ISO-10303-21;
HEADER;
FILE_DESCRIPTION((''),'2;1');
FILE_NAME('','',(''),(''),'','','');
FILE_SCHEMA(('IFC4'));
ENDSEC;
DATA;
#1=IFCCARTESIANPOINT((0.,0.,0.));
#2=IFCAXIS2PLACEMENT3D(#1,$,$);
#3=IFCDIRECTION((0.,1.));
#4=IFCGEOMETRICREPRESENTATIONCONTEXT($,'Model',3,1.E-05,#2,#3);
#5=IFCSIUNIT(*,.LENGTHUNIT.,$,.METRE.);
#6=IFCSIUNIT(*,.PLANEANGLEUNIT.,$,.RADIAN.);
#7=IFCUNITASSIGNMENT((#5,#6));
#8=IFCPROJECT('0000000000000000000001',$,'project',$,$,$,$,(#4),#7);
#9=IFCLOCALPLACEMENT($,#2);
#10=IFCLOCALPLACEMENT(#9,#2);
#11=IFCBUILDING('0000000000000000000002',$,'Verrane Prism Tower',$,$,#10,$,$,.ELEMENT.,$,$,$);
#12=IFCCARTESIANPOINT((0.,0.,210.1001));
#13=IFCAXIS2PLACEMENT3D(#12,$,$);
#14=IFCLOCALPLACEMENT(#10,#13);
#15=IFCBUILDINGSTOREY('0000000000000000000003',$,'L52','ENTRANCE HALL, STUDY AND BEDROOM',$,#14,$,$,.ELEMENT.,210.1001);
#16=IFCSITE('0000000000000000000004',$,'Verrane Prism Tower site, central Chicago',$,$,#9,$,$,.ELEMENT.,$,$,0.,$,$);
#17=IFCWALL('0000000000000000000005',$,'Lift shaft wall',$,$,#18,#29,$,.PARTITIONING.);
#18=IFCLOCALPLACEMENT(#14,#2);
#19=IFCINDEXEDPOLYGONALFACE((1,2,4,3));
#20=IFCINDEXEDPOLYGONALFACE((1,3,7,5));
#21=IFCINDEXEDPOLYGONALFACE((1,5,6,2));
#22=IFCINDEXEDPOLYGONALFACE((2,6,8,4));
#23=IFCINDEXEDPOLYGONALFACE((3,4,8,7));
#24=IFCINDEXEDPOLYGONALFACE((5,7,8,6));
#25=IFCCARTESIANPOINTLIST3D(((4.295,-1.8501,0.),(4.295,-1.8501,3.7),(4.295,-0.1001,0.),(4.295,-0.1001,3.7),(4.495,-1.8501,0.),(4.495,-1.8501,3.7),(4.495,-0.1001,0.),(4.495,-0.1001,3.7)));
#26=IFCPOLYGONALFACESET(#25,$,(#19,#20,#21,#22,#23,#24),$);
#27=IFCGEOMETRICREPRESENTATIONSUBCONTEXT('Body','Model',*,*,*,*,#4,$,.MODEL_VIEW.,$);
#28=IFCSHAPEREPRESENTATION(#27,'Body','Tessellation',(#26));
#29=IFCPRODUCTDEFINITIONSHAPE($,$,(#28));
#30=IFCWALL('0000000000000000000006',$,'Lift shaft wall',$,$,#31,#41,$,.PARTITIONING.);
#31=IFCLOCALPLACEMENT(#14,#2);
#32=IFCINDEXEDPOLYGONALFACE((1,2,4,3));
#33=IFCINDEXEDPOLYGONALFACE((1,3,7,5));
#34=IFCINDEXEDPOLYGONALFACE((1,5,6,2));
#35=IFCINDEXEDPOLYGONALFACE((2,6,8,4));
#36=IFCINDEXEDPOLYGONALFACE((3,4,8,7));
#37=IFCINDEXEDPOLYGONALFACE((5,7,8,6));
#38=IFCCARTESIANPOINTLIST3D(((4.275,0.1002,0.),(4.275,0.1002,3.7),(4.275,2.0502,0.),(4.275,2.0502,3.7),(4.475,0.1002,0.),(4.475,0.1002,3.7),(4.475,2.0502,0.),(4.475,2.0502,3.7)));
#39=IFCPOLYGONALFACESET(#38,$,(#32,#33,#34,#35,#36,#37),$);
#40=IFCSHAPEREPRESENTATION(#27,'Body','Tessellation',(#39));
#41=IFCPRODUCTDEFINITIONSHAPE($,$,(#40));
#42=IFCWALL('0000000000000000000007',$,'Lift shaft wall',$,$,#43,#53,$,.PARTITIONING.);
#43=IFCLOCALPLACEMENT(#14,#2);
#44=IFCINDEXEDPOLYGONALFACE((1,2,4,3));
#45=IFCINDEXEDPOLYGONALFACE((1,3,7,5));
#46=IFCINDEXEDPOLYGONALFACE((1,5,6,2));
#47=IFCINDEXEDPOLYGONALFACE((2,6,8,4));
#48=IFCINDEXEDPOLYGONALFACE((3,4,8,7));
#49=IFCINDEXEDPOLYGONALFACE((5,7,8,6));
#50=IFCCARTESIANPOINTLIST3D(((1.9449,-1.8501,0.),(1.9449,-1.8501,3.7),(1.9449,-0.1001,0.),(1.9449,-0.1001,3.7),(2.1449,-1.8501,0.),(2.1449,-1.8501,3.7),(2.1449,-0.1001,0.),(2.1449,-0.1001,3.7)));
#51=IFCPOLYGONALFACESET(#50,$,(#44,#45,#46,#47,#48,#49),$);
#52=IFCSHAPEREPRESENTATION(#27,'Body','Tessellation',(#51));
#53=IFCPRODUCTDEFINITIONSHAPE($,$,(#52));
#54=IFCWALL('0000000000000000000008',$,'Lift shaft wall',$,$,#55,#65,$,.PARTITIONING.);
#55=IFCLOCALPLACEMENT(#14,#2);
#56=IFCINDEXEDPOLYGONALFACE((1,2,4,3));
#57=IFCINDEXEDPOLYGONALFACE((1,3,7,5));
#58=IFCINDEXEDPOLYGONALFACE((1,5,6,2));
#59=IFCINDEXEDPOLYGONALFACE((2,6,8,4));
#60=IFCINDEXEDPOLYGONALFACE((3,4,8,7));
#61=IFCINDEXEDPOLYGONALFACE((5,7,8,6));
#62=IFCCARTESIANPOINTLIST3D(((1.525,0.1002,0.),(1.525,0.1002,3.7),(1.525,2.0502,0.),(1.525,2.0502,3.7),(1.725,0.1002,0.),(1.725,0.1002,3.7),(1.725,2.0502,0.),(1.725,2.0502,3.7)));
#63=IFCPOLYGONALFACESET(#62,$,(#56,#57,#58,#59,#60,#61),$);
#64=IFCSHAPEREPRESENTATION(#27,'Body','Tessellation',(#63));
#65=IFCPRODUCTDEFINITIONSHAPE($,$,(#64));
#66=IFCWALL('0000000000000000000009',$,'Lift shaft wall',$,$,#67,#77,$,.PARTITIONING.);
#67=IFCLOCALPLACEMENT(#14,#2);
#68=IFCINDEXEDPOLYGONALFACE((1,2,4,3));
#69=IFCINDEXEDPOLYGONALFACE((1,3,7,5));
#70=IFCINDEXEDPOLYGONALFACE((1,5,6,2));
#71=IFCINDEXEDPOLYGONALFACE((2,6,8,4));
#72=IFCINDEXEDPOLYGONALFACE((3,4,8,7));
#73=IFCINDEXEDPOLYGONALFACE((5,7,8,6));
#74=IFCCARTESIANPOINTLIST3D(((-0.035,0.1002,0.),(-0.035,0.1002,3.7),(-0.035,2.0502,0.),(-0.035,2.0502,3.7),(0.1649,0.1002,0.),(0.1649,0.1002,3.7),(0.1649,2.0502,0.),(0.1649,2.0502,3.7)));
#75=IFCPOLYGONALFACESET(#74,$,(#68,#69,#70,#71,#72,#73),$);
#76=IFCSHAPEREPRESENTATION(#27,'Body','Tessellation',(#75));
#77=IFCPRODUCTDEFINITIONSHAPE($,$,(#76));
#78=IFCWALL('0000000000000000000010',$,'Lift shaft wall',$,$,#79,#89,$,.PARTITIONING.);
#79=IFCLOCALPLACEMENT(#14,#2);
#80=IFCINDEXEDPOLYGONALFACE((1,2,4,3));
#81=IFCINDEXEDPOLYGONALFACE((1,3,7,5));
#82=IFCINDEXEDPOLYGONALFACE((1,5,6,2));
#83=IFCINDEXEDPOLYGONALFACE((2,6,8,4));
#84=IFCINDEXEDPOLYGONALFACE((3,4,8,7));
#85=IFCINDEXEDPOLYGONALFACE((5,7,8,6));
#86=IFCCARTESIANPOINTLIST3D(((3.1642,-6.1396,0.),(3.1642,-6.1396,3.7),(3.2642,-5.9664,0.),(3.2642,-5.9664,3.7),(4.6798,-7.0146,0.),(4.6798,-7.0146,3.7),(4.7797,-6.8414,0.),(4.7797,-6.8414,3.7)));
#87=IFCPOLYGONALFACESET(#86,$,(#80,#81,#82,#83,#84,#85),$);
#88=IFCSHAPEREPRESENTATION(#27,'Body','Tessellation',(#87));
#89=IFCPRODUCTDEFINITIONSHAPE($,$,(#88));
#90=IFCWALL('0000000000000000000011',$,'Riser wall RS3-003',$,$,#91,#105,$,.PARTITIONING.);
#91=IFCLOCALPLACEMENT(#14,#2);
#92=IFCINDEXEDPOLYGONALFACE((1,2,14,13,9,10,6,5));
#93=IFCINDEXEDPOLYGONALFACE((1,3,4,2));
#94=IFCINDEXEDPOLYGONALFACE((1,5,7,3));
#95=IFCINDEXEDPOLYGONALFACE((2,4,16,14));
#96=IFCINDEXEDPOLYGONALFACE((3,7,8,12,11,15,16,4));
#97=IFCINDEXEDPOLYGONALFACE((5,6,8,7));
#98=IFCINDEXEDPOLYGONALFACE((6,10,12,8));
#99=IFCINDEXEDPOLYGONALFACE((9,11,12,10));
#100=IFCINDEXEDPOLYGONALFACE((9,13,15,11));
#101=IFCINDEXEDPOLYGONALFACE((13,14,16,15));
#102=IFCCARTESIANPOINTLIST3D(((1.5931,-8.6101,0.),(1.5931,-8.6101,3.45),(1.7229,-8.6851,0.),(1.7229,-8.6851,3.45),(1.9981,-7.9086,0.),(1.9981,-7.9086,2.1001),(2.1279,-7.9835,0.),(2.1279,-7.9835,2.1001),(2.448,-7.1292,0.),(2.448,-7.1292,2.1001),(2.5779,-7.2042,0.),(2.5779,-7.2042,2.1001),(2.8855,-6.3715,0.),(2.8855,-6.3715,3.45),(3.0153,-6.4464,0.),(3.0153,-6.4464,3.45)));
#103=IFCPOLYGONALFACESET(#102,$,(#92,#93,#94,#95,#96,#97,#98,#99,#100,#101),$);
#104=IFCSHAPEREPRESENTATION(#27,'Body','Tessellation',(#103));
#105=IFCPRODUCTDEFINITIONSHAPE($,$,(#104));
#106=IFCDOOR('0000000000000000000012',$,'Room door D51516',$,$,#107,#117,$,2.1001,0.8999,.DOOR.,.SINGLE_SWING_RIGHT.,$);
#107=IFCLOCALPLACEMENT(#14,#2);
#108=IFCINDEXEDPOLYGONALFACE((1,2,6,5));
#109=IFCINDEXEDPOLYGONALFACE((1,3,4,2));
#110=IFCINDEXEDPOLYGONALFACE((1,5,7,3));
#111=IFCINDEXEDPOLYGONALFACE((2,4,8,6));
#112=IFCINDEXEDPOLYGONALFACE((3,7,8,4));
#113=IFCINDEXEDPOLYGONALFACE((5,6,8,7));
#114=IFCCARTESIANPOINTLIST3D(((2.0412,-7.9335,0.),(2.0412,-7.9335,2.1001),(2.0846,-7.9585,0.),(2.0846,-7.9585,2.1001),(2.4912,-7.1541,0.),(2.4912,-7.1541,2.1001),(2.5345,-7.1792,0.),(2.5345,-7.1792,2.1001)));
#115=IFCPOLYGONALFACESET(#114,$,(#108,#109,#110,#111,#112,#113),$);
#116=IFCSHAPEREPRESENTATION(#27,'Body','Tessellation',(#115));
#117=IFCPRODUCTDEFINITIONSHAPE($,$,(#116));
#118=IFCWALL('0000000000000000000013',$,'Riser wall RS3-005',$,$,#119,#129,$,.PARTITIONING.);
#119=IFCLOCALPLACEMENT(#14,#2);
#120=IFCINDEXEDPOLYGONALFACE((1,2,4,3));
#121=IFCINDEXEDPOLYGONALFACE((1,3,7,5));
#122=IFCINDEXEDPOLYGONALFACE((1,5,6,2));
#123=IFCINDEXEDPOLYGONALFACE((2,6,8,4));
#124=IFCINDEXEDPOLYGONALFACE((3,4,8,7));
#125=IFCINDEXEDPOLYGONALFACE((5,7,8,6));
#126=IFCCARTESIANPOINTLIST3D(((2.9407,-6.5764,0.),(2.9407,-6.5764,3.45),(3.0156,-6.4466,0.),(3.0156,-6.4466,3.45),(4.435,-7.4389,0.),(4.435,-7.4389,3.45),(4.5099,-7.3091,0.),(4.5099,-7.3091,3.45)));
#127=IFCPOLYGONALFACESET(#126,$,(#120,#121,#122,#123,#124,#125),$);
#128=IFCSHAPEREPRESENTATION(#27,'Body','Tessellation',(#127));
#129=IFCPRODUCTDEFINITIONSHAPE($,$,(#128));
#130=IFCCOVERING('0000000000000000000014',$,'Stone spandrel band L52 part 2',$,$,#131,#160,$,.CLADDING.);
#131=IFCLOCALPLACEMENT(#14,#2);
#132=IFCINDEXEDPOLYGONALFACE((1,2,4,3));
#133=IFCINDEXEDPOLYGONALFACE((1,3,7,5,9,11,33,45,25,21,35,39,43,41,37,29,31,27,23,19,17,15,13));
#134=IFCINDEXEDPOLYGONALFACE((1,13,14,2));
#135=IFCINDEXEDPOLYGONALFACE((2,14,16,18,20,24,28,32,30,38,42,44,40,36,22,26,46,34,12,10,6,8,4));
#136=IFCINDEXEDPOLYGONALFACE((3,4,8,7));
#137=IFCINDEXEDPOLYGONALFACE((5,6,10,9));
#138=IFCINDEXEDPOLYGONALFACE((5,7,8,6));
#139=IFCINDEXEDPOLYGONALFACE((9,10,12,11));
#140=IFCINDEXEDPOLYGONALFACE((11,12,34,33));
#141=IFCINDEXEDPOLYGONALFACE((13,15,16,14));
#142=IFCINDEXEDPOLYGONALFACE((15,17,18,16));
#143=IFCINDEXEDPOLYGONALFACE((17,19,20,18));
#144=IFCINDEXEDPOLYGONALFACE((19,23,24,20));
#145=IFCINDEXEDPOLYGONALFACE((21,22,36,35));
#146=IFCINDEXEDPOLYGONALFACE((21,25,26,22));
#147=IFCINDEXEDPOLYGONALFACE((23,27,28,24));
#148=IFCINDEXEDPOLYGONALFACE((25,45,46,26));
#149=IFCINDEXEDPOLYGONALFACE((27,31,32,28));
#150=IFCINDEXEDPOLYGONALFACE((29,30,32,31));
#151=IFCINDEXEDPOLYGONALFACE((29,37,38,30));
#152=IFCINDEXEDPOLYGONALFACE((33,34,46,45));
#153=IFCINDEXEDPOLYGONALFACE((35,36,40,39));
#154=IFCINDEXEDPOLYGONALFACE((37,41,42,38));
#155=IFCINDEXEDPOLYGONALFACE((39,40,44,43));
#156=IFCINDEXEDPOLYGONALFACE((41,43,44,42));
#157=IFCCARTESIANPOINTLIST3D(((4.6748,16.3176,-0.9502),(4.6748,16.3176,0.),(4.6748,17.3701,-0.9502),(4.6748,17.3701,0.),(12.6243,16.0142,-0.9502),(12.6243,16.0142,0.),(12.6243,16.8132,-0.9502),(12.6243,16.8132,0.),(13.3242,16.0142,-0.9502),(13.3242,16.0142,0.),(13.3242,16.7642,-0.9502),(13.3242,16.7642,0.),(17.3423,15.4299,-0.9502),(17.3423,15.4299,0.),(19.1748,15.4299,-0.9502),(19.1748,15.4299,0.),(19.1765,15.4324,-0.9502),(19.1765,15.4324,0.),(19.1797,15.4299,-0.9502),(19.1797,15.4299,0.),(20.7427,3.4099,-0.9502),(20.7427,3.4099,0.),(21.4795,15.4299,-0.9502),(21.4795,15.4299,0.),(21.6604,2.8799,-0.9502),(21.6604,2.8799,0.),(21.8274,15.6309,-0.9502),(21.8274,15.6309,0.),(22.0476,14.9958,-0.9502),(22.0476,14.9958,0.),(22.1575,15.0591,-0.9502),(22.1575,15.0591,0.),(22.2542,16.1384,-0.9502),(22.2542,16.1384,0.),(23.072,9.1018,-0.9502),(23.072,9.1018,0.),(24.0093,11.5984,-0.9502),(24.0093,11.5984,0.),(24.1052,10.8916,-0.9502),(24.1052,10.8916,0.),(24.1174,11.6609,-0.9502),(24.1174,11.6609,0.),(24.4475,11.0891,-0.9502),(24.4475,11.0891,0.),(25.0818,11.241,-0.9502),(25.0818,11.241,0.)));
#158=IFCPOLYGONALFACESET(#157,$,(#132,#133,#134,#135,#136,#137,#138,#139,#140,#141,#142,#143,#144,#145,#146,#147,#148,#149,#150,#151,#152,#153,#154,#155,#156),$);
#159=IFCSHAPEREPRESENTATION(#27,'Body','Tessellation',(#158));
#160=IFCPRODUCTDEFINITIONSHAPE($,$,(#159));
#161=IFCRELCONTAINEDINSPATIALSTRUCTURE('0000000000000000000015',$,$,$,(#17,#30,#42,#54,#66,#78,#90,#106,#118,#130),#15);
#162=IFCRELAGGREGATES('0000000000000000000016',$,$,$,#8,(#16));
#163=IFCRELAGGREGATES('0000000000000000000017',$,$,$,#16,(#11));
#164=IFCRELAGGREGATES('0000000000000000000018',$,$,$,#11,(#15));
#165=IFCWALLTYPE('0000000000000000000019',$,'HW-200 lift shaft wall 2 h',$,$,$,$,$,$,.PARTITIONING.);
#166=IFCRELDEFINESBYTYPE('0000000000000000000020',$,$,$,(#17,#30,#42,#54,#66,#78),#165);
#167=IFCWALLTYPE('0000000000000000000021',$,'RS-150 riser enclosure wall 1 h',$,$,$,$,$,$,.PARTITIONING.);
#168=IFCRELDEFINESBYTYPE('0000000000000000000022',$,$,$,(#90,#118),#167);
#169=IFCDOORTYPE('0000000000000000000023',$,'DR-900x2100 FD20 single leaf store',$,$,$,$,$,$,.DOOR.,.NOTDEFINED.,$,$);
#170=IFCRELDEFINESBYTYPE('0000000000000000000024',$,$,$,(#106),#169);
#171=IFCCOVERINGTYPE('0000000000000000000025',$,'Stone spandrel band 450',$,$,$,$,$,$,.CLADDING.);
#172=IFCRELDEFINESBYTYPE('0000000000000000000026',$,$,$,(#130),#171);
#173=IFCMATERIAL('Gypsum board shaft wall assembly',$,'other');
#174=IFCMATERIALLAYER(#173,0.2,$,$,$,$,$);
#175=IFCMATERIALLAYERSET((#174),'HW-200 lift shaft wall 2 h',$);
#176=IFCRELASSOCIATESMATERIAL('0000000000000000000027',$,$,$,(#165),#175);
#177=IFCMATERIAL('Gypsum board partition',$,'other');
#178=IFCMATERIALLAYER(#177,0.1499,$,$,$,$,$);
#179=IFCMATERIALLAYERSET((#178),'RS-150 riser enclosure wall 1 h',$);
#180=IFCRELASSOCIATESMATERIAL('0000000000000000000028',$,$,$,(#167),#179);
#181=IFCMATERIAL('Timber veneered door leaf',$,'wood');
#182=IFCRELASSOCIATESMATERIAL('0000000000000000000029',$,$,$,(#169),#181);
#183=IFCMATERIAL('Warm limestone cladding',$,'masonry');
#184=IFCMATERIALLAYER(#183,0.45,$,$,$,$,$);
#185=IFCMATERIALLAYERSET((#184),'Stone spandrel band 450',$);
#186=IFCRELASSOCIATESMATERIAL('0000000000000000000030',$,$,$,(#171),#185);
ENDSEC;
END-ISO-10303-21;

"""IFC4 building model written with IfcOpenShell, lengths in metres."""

from ifc_helpers import new_model, si_unit, direction, frame, frame_2d, origin, place, context, subcontext, project, spatial, polyline, rectangle, outline, extrude, material, layer, layer_set, type_object, element, fill, save


model = new_model("IFC4")

# Units and contexts
model_context = context("Model", 3, precision=1e-05, world=origin(), true_north=direction((0.0, 1.0)))
body_context = subcontext(model_context, "Body", "Model", "MODEL_VIEW")
ifc_project = project(units=[si_unit("LENGTHUNIT", "METRE"), si_unit("PLANEANGLEUNIT", "RADIAN")], contexts=[model_context])

# Site, building, storey
site_placement = place(None, origin())
site = spatial("IfcSite", under=ifc_project, at=site_placement, Name="Verrane Prism Tower site, central Chicago", CompositionType="ELEMENT", RefElevation=0.0)
building_placement = place(site_placement, origin())
building = spatial("IfcBuilding", under=site, at=building_placement, Name="Verrane Prism Tower", CompositionType="ELEMENT")
storey_placement = place(building_placement, frame((0.0, 0.0, 210.1001)))
storey = spatial("IfcBuildingStorey", under=building, at=storey_placement, Name="L52", Description="ENTRANCE HALL, STUDY AND BEDROOM", CompositionType="ELEMENT", Elevation=210.1001)

# Shared definitions
ifc_material_1 = material(Name="Gypsum board shaft wall assembly", Category="other")
ifc_layer_1 = layer(ifc_material_1, 0.2)
ifc_layer_set_1 = layer_set([ifc_layer_1], Name="HW-200 lift shaft wall 2 h")
wall_type_1 = type_object("IfcWallType", Name="HW-200 lift shaft wall 2 h", PredefinedType="PARTITIONING", material=ifc_layer_set_1)

# Walls
wall_1_placement = place(storey_placement, frame((4.395, -1.8501, 0.0), z_axis=(0.0, 0.0, 1.0), x_axis=(0.0, 1.0, 0.0)))
element("IfcWall", 1, at=wall_1_placement, inside=storey, type_object=wall_type_1, Name="Lift shaft wall", PredefinedType="PARTITIONING", context=body_context, shape_type="SweptSolid", body=[
    extrude(rectangle(XDim=1.75, YDim=0.2, at=frame_2d((0.875, 0.0))), origin(), (0.0, 0.0, 1.0), 3.7),
])
wall_2_placement = place(storey_placement, frame((4.375, 0.1001, 0.0), z_axis=(0.0, 0.0, 1.0), x_axis=(0.0, 1.0, 0.0)))
element("IfcWall", 2, at=wall_2_placement, inside=storey, type_object=wall_type_1, Name="Lift shaft wall", PredefinedType="PARTITIONING", context=body_context, shape_type="SweptSolid", body=[
    extrude(rectangle(XDim=1.95, YDim=0.2, at=frame_2d((0.9751, 0.0))), origin(), (0.0, 0.0, 1.0), 3.7),
])
wall_3_placement = place(storey_placement, frame((2.0449, -1.8501, 0.0), z_axis=(0.0, 0.0, 1.0), x_axis=(0.0, 1.0, 0.0)))
element("IfcWall", 3, at=wall_3_placement, inside=storey, type_object=wall_type_1, Name="Lift shaft wall", PredefinedType="PARTITIONING", context=body_context, shape_type="SweptSolid", body=[
    extrude(rectangle(XDim=1.75, YDim=0.2, at=frame_2d((0.875, 0.0))), origin(), (0.0, 0.0, 1.0), 3.7),
])
for number, where, z_axis, x_axis, name in (
    (4, (1.625, 0.1001, 0.0), (0.0, 0.0, 1.0), (0.0, 1.0, 0.0), "Lift shaft wall"),
    (5, (0.0649, 0.1001, 0.0), (0.0, 0.0, 1.0), (0.0, 1.0, 0.0), "Lift shaft wall"),
):
    element("IfcWall", number, at=place(storey_placement, frame(where, z_axis=z_axis, x_axis=x_axis)), inside=storey, type_object=wall_type_1, Name=name, PredefinedType="PARTITIONING", context=body_context, shape_type="SweptSolid", body=[
        extrude(rectangle(XDim=1.95, YDim=0.2, at=frame_2d((0.9751, 0.0))), origin(), (0.0, 0.0, 1.0), 3.7),
    ])
wall_4_placement = place(storey_placement, frame((4.7297, -6.928, 0.0), z_axis=(0.0, 0.0, 1.0), x_axis=(-0.866037, 0.49998, 0.0)))
element("IfcWall", 6, at=wall_4_placement, inside=storey, type_object=wall_type_1, Name="Lift shaft wall", PredefinedType="PARTITIONING", context=body_context, shape_type="SweptSolid", body=[
    extrude(rectangle(XDim=1.75, YDim=0.2, at=frame_2d((0.875, 0.0))), origin(), (0.0, 0.0, 1.0), 3.7),
])

# Wall, opening, door
ifc_material_2 = material(Name="Gypsum board partition", Category="other")
ifc_layer_2 = layer(ifc_material_2, 0.1499)
ifc_layer_set_2 = layer_set([ifc_layer_2], Name="RS-150 riser enclosure wall 1 h")
wall_type_2 = type_object("IfcWallType", Name="RS-150 riser enclosure wall 1 h", PredefinedType="PARTITIONING", material=ifc_layer_set_2)
wall_5_placement = place(storey_placement, frame((2.9504, -6.4089, 0.0), z_axis=(0.0, 0.0, 1.0), x_axis=(-0.499979, -0.866038, 0.0)))
wall_5 = element("IfcWall", 7, at=wall_5_placement, inside=storey, type_object=wall_type_2, Name="Riser wall RS3-003", PredefinedType="PARTITIONING", context=body_context, shape_type="SweptSolid", body=[
    extrude(rectangle(XDim=2.585, YDim=0.1499, at=frame_2d((1.2925, 0.0))), origin(), (0.0, 0.0, 1.0), 3.45),
])
opening_1_placement = place(wall_5_placement, frame((0.875, 0.0, 0.0)))
opening_1 = element("IfcOpeningElement", 8, at=opening_1_placement, cuts=wall_5, PredefinedType="OPENING", context=body_context, shape_type="SweptSolid", body=[
    extrude(rectangle(XDim=0.8999, YDim=2.1001, at=frame_2d((0.45, 1.05))), frame((0.0, 0.085, 0.0), z_axis=(0.0, -1.0, 0.0), x_axis=(1.0, 0.0, 0.0)), (0.0, 0.0, 1.0), 0.1699),
])
ifc_material_3 = material(Name="Timber veneered door leaf", Category="wood")
door_type_1 = type_object("IfcDoorType", Name="DR-900x2100 FD20 single leaf store", OperationType="NOTDEFINED", PredefinedType="DOOR", material=ifc_material_3)
door_1_placement = place(opening_1_placement, origin())
door_1 = element("IfcDoor", 9, at=door_1_placement, inside=storey, type_object=door_type_1, Name="Room door D51516", OperationType="SINGLE_SWING_RIGHT", OverallHeight=2.1001, OverallWidth=0.8999, PredefinedType="DOOR", context=body_context, shape_type="SweptSolid", body=[
    extrude(rectangle(XDim=0.8999, YDim=2.1001, at=frame_2d((0.45, 1.05))), frame((0.0, 0.0249, 0.0), z_axis=(0.0, -1.0, 0.0), x_axis=(1.0, 0.0, 0.0)), (0.0, 0.0, 1.0), 0.05),
])
fill(opening_1, door_1)

# Wall
wall_6_placement = place(storey_placement, frame((2.978, -6.5115, 0.0), z_axis=(0.0, 0.0, 1.0), x_axis=(0.866084, -0.499898, 0.0)))
element("IfcWall", 10, at=wall_6_placement, inside=storey, type_object=wall_type_2, Name="Riser wall RS3-005", PredefinedType="PARTITIONING", context=body_context, shape_type="SweptSolid", body=[
    extrude(rectangle(XDim=1.7253, YDim=0.1499, at=frame_2d((0.8628, 0.0))), origin(), (0.0, 0.0, 1.0), 3.45),
])

# Covering
ifc_material_4 = material(Name="Warm limestone cladding", Category="masonry")
ifc_layer_3 = layer(ifc_material_4, 0.45)
ifc_layer_set_3 = layer_set([ifc_layer_3], Name="Stone spandrel band 450")
covering_type = type_object("IfcCoveringType", Name="Stone spandrel band 450", PredefinedType="CLADDING", material=ifc_layer_set_3)
covering_1_placement = place(storey_placement, frame((0.0, 0.0, -0.9502)))
element("IfcCovering", 11, at=covering_1_placement, inside=storey, type_object=covering_type, Name="Stone spandrel band L52 part 2", PredefinedType="CLADDING", context=body_context, shape_type="SweptSolid", body=[
    extrude(outline(polyline([(4.6748, 17.3701), (4.6748, 16.3176), (17.3423, 15.4299), (19.1748, 15.4299), (19.1765, 15.4324), (19.1797, 15.4299), (21.4795, 15.4299), (21.8274, 15.6309), (22.1575, 15.0591), (22.0476, 14.9958), (24.0093, 11.5984), (24.1174, 11.6609), (24.4475, 11.0891), (24.1052, 10.8916), (23.072, 9.1018), (20.7427, 3.4099), (21.6604, 2.8799), (25.0818, 11.241), (22.2542, 16.1384), (13.3242, 16.7642), (13.3242, 16.0142), (12.6243, 16.0142), (12.6243, 16.8132), (4.6748, 17.3701)])), origin(), (0.0, 0.0, 1.0), 0.9502),
])

save(model, "model.ifc")
